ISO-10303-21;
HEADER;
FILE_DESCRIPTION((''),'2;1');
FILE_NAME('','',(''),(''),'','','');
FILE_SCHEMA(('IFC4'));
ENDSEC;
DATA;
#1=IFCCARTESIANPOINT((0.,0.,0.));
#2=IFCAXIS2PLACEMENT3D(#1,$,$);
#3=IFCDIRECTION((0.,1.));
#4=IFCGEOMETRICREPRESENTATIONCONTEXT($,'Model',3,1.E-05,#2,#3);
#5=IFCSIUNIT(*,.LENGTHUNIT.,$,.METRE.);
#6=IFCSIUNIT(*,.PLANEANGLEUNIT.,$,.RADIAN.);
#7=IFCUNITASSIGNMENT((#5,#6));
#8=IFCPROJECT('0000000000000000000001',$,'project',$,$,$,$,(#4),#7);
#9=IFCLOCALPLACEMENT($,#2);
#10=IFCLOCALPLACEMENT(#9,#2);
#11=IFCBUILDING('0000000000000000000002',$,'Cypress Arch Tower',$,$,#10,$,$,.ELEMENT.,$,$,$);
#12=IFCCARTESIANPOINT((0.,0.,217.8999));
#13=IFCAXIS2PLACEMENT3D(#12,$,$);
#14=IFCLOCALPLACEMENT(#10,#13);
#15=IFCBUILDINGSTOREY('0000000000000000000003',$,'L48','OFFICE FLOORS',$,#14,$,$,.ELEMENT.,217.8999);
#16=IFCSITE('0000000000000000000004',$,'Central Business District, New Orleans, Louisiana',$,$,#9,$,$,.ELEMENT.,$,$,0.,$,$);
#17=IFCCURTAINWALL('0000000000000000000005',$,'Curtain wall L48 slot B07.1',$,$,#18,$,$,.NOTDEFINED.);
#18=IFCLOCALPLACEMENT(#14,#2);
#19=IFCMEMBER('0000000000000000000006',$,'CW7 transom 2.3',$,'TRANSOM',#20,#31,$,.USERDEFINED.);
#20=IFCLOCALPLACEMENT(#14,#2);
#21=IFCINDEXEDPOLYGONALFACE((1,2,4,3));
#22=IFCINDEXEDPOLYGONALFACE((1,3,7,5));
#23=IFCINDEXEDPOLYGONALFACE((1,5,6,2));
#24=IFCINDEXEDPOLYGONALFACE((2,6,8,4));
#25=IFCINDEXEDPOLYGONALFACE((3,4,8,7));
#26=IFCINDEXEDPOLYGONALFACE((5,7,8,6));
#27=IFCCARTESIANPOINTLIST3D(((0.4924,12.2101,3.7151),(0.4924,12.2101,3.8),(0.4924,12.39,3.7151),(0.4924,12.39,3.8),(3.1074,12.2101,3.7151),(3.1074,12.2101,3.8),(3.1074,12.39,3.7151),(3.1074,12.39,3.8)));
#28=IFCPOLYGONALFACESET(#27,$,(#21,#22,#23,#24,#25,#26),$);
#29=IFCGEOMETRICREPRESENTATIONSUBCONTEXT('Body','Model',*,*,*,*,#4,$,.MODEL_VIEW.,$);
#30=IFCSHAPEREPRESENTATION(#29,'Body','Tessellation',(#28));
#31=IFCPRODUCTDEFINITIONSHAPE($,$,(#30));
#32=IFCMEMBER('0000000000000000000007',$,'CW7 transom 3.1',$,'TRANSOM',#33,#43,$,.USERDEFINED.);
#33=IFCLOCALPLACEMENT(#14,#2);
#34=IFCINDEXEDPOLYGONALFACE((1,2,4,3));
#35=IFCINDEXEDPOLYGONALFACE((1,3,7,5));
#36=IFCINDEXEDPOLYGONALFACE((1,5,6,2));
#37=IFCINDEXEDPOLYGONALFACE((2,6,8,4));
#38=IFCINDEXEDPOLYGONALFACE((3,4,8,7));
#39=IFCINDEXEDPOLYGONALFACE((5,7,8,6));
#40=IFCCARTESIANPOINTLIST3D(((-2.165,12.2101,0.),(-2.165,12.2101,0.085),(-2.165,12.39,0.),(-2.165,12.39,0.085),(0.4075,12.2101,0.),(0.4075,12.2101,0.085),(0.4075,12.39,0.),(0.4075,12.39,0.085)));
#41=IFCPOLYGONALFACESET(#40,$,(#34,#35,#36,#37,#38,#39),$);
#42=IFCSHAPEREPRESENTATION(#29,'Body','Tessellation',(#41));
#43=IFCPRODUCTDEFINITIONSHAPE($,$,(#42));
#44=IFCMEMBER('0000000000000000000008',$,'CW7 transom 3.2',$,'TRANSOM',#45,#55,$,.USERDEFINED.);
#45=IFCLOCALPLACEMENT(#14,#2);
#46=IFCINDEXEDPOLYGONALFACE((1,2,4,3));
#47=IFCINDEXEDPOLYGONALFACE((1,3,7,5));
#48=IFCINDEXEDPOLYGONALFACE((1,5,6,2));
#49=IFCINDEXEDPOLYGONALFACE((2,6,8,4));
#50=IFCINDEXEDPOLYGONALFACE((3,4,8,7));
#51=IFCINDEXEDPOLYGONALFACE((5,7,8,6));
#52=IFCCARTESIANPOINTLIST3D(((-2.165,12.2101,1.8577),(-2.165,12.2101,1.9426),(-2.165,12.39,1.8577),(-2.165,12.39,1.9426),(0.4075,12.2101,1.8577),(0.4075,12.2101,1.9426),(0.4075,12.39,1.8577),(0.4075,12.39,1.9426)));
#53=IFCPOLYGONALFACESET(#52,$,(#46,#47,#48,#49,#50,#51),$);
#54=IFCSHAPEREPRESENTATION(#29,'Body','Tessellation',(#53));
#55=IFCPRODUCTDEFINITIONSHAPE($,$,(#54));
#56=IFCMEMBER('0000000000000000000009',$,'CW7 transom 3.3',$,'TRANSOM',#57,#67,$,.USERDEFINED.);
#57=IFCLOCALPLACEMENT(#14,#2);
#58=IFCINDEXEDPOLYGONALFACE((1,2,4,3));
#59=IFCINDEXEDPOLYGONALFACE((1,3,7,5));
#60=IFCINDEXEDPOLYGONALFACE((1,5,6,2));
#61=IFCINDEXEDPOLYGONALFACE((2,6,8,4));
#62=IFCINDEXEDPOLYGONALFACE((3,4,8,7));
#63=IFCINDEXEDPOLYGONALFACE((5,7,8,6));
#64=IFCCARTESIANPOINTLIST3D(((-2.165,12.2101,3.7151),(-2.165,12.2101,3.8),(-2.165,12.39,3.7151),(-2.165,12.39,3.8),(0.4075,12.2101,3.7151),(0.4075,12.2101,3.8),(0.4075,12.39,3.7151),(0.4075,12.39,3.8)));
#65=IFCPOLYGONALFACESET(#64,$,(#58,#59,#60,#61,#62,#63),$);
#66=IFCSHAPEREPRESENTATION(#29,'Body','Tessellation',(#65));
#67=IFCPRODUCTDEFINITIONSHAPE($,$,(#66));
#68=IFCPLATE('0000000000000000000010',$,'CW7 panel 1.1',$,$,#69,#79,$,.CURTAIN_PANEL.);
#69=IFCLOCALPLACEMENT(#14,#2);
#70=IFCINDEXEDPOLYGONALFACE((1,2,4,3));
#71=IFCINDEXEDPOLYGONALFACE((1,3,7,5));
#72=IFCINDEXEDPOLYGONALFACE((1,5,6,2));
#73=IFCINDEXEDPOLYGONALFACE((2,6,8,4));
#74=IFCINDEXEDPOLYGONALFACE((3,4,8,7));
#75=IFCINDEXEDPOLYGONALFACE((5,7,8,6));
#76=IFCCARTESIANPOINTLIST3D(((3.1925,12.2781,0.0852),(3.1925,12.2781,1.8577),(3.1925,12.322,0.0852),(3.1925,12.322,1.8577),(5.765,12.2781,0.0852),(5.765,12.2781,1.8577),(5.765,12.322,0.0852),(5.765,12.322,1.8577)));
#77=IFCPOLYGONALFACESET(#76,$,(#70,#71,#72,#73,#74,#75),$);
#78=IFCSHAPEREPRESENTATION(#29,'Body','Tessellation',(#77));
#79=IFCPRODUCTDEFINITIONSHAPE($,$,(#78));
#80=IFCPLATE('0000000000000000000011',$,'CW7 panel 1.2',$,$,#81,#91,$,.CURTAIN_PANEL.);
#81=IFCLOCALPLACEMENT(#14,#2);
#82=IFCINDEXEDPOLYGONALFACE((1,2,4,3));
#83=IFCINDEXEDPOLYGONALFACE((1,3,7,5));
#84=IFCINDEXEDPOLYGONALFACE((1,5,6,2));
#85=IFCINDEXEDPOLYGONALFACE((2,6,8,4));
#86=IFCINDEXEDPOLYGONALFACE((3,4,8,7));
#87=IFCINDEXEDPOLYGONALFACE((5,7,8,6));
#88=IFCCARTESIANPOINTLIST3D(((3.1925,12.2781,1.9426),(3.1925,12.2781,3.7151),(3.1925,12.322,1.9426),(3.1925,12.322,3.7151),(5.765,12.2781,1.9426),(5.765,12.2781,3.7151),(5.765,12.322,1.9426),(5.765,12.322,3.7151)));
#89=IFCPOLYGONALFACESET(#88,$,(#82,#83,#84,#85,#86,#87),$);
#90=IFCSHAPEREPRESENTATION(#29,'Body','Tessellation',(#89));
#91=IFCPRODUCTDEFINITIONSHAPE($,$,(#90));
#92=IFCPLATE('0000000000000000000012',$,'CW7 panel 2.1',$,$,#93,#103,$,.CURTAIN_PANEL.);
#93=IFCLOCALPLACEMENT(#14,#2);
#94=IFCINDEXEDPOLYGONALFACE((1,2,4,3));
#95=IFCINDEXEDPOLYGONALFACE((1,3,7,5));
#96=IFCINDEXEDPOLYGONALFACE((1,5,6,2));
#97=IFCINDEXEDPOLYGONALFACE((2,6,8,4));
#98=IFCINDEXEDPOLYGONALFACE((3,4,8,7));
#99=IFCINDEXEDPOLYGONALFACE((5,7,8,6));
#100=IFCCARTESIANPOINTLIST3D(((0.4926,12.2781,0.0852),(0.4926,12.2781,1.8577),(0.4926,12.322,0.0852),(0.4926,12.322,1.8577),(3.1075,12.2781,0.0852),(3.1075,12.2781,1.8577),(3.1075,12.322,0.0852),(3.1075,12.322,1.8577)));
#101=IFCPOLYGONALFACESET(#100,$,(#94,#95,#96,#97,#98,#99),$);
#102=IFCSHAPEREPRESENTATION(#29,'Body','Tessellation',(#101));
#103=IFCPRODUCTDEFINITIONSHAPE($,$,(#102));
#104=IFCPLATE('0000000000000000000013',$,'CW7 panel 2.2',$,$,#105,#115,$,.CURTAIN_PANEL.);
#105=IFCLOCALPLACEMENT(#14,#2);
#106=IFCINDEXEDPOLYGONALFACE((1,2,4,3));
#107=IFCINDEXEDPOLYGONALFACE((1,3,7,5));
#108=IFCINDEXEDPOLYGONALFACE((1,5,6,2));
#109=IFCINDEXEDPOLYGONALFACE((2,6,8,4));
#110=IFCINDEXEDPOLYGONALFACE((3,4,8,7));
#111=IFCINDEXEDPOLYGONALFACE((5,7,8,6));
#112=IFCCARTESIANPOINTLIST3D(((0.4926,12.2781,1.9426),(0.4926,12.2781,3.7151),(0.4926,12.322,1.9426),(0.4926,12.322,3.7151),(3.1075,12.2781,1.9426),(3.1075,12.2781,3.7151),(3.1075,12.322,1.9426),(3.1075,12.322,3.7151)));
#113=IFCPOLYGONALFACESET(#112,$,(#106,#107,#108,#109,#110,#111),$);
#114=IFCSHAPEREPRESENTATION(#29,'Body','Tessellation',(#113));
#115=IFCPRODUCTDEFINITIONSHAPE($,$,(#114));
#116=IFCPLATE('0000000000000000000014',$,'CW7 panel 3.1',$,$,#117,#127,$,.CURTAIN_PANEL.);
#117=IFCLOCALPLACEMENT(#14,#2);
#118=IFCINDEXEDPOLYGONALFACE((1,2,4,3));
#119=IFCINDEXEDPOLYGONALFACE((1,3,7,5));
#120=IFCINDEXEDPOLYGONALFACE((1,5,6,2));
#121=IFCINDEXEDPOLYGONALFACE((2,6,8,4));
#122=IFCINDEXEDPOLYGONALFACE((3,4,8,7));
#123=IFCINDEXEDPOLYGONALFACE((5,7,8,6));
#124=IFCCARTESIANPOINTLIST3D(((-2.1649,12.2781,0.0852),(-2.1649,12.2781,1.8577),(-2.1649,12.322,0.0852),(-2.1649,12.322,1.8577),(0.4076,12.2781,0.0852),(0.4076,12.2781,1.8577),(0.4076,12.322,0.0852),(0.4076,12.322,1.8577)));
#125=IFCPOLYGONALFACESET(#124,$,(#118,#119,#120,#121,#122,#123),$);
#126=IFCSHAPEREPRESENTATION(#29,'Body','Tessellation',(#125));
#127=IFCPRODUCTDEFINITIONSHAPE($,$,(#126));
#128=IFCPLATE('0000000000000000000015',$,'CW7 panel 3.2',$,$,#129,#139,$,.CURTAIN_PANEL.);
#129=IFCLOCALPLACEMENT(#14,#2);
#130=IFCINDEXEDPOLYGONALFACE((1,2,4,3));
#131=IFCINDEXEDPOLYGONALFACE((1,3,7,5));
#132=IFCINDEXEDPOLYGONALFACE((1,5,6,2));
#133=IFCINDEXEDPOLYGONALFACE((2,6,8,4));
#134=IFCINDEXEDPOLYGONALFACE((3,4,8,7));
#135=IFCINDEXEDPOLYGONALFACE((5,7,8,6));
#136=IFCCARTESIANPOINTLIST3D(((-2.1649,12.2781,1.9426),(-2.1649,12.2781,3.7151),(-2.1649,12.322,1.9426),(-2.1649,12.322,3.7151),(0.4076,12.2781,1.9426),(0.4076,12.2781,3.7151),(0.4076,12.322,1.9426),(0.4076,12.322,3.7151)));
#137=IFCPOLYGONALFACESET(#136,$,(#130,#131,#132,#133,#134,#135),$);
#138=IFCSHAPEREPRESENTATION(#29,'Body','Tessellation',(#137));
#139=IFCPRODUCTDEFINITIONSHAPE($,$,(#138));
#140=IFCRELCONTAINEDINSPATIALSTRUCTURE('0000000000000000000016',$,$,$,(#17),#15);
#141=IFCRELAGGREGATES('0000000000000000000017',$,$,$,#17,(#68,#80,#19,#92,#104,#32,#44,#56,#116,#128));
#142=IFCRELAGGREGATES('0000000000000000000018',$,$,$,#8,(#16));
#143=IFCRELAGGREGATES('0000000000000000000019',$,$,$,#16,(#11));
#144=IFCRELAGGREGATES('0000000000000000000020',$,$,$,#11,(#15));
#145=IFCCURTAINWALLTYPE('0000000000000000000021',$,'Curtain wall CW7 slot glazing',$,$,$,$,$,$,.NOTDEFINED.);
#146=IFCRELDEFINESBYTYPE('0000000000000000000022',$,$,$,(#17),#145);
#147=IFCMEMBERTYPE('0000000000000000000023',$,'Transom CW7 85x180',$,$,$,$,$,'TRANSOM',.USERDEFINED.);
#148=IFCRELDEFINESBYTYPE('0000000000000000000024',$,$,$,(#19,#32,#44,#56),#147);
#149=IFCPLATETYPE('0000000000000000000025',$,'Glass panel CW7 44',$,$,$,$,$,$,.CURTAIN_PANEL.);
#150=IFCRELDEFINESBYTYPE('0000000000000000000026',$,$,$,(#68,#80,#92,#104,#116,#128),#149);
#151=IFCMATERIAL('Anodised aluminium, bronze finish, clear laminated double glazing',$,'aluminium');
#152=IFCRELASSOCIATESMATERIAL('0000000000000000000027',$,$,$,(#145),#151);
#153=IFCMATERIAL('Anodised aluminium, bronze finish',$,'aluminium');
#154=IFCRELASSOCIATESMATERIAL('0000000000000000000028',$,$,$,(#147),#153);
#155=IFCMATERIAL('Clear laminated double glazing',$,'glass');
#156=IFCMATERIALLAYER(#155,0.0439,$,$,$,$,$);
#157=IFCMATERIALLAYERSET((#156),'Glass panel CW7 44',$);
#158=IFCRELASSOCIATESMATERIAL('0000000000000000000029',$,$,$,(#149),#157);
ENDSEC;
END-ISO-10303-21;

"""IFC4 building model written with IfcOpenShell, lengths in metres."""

from ifc_helpers import new_model, si_unit, direction, frame, origin, origin_2d, place, context, subcontext, project, spatial, rectangle, extrude, material, layer, layer_set, material_profile, profile_set, type_object, element, aggregate, save


model = new_model("IFC4")

# Units and contexts
model_context = context("Model", 3, precision=1e-05, world=origin(), true_north=direction((0.0, 1.0)))
body_context = subcontext(model_context, "Body", "Model", "MODEL_VIEW")
ifc_project = project(units=[si_unit("LENGTHUNIT", "METRE"), si_unit("PLANEANGLEUNIT", "RADIAN")], contexts=[model_context])

# Site, building, storey
site_placement = place(None, origin())
site = spatial("IfcSite", under=ifc_project, at=site_placement, Name="Central Business District, New Orleans, Louisiana", CompositionType="ELEMENT", RefElevation=0.0)
building_placement = place(site_placement, origin())
building = spatial("IfcBuilding", under=site, at=building_placement, Name="Cypress Arch Tower", CompositionType="ELEMENT")
storey_placement = place(building_placement, frame((0.0, 0.0, 217.8999)))
storey = spatial("IfcBuildingStorey", under=building, at=storey_placement, Name="L48", Description="OFFICE FLOORS", CompositionType="ELEMENT", Elevation=217.8999)

# Curtain wall
ifc_material_1 = material(Name="Anodised aluminium, bronze finish, clear laminated double glazing", Category="aluminium")
curtain_wall_type = type_object("IfcCurtainWallType", Name="Curtain wall CW7 slot glazing", PredefinedType="NOTDEFINED", material=ifc_material_1)
curtain_wall_placement = place(storey_placement, origin())
curtain_wall = element("IfcCurtainWall", 1, at=curtain_wall_placement, inside=storey, type_object=curtain_wall_type, Name="Curtain wall L48 slot B07.1", PredefinedType="NOTDEFINED")

# Members
ifc_material_2 = material(Name="Anodised aluminium, bronze finish", Category="aluminium")
ifc_material_profile_1 = material_profile(ifc_material_2, rectangle(XDim=0.1799, YDim=0.085, at=origin_2d()), Name="Transom 85x180")
ifc_profile_set_1 = profile_set([ifc_material_profile_1], Name="Anodised aluminium, bronze finish")
member_type_1 = type_object("IfcMemberType", Name="Transom CW7 85x180", ElementType="TRANSOM", PredefinedType="USERDEFINED", material=ifc_profile_set_1)
member_1_placement = place(storey_placement, frame((3.1074, 12.3, 3.7576), z_axis=(-1.0, 0.0, 0.0), x_axis=(0.0, -1.0, 0.0)))
member_1 = element("IfcMember", 2, at=member_1_placement, type_object=member_type_1, Name="CW7 transom 2.3", ObjectType="TRANSOM", PredefinedType="USERDEFINED", context=body_context, shape_type="SweptSolid", body=[
    extrude(rectangle(XDim=0.1799, YDim=0.085, at=origin_2d()), origin(), (0.0, 0.0, 1.0), 2.615),
])
member_2_placement = place(storey_placement, frame((0.4075, 12.3, 0.0425), z_axis=(-1.0, 0.0, 0.0), x_axis=(0.0, -1.0, 0.0)))
member_2 = element("IfcMember", 3, at=member_2_placement, type_object=member_type_1, Name="CW7 transom 3.1", ObjectType="TRANSOM", PredefinedType="USERDEFINED", context=body_context, shape_type="SweptSolid", body=[
    extrude(rectangle(XDim=0.1799, YDim=0.085, at=origin_2d()), origin(), (0.0, 0.0, 1.0), 2.5725),
])
member_3_placement = place(storey_placement, frame((0.4075, 12.3, 1.9001), z_axis=(-1.0, 0.0, 0.0), x_axis=(0.0, -1.0, 0.0)))
member_3 = element("IfcMember", 4, at=member_3_placement, type_object=member_type_1, Name="CW7 transom 3.2", ObjectType="TRANSOM", PredefinedType="USERDEFINED", context=body_context, shape_type="SweptSolid", body=[
    extrude(rectangle(XDim=0.1799, YDim=0.085, at=origin_2d()), origin(), (0.0, 0.0, 1.0), 2.5725),
])
member_4_placement = place(storey_placement, frame((0.4075, 12.3, 3.7576), z_axis=(-1.0, 0.0, 0.0), x_axis=(0.0, -1.0, 0.0)))
member_4 = element("IfcMember", 5, at=member_4_placement, type_object=member_type_1, Name="CW7 transom 3.3", ObjectType="TRANSOM", PredefinedType="USERDEFINED", context=body_context, shape_type="SweptSolid", body=[
    extrude(rectangle(XDim=0.1799, YDim=0.085, at=origin_2d()), origin(), (0.0, 0.0, 1.0), 2.5725),
])

# Plates
ifc_material_3 = material(Name="Clear laminated double glazing", Category="glass")
ifc_layer = layer(ifc_material_3, 0.0439)
ifc_layer_set = layer_set([ifc_layer], Name="Glass panel CW7 44")
plate_type = type_object("IfcPlateType", Name="Glass panel CW7 44", PredefinedType="CURTAIN_PANEL", material=ifc_layer_set)
plate_1_placement = place(storey_placement, frame((4.4788, 12.3, 0.0852), z_axis=(0.0, 0.0, 1.0), x_axis=(-1.0, 0.0, 0.0)))
plate_1 = element("IfcPlate", 6, at=plate_1_placement, type_object=plate_type, Name="CW7 panel 1.1", PredefinedType="CURTAIN_PANEL", context=body_context, shape_type="SweptSolid", body=[
    extrude(rectangle(XDim=2.5725, YDim=0.0439, at=origin_2d()), origin(), (0.0, 0.0, 1.0), 1.7725),
])
plate_2_placement = place(storey_placement, frame((4.4788, 12.3, 1.9426), z_axis=(0.0, 0.0, 1.0), x_axis=(-1.0, 0.0, 0.0)))
plate_2 = element("IfcPlate", 7, at=plate_2_placement, type_object=plate_type, Name="CW7 panel 1.2", PredefinedType="CURTAIN_PANEL", context=body_context, shape_type="SweptSolid", body=[
    extrude(rectangle(XDim=2.5725, YDim=0.0439, at=origin_2d()), origin(), (0.0, 0.0, 1.0), 1.7725),
])
plate_3_placement = place(storey_placement, frame((1.8, 12.3, 0.0852), z_axis=(0.0, 0.0, 1.0), x_axis=(-1.0, 0.0, 0.0)))
plate_3 = element("IfcPlate", 8, at=plate_3_placement, type_object=plate_type, Name="CW7 panel 2.1", PredefinedType="CURTAIN_PANEL", context=body_context, shape_type="SweptSolid", body=[
    extrude(rectangle(XDim=2.615, YDim=0.0439, at=origin_2d()), origin(), (0.0, 0.0, 1.0), 1.7725),
])
plate_4_placement = place(storey_placement, frame((1.8, 12.3, 1.9426), z_axis=(0.0, 0.0, 1.0), x_axis=(-1.0, 0.0, 0.0)))
plate_4 = element("IfcPlate", 9, at=plate_4_placement, type_object=plate_type, Name="CW7 panel 2.2", PredefinedType="CURTAIN_PANEL", context=body_context, shape_type="SweptSolid", body=[
    extrude(rectangle(XDim=2.615, YDim=0.0439, at=origin_2d()), origin(), (0.0, 0.0, 1.0), 1.7725),
])
plate_5_placement = place(storey_placement, frame((-0.8787, 12.3, 0.0852), z_axis=(0.0, 0.0, 1.0), x_axis=(-1.0, 0.0, 0.0)))
plate_5 = element("IfcPlate", 10, at=plate_5_placement, type_object=plate_type, Name="CW7 panel 3.1", PredefinedType="CURTAIN_PANEL", context=body_context, shape_type="SweptSolid", body=[
    extrude(rectangle(XDim=2.5725, YDim=0.0439, at=origin_2d()), origin(), (0.0, 0.0, 1.0), 1.7725),
])
plate_6_placement = place(storey_placement, frame((-0.8787, 12.3, 1.9426), z_axis=(0.0, 0.0, 1.0), x_axis=(-1.0, 0.0, 0.0)))
plate_6 = element("IfcPlate", 11, at=plate_6_placement, type_object=plate_type, Name="CW7 panel 3.2", PredefinedType="CURTAIN_PANEL", context=body_context, shape_type="SweptSolid", body=[
    extrude(rectangle(XDim=2.5725, YDim=0.0439, at=origin_2d()), origin(), (0.0, 0.0, 1.0), 1.7725),
])
aggregate(curtain_wall, [plate_1, plate_2, member_1, plate_3, plate_4, member_2, member_3, member_4, plate_5, plate_6])

save(model, "model.ifc")
